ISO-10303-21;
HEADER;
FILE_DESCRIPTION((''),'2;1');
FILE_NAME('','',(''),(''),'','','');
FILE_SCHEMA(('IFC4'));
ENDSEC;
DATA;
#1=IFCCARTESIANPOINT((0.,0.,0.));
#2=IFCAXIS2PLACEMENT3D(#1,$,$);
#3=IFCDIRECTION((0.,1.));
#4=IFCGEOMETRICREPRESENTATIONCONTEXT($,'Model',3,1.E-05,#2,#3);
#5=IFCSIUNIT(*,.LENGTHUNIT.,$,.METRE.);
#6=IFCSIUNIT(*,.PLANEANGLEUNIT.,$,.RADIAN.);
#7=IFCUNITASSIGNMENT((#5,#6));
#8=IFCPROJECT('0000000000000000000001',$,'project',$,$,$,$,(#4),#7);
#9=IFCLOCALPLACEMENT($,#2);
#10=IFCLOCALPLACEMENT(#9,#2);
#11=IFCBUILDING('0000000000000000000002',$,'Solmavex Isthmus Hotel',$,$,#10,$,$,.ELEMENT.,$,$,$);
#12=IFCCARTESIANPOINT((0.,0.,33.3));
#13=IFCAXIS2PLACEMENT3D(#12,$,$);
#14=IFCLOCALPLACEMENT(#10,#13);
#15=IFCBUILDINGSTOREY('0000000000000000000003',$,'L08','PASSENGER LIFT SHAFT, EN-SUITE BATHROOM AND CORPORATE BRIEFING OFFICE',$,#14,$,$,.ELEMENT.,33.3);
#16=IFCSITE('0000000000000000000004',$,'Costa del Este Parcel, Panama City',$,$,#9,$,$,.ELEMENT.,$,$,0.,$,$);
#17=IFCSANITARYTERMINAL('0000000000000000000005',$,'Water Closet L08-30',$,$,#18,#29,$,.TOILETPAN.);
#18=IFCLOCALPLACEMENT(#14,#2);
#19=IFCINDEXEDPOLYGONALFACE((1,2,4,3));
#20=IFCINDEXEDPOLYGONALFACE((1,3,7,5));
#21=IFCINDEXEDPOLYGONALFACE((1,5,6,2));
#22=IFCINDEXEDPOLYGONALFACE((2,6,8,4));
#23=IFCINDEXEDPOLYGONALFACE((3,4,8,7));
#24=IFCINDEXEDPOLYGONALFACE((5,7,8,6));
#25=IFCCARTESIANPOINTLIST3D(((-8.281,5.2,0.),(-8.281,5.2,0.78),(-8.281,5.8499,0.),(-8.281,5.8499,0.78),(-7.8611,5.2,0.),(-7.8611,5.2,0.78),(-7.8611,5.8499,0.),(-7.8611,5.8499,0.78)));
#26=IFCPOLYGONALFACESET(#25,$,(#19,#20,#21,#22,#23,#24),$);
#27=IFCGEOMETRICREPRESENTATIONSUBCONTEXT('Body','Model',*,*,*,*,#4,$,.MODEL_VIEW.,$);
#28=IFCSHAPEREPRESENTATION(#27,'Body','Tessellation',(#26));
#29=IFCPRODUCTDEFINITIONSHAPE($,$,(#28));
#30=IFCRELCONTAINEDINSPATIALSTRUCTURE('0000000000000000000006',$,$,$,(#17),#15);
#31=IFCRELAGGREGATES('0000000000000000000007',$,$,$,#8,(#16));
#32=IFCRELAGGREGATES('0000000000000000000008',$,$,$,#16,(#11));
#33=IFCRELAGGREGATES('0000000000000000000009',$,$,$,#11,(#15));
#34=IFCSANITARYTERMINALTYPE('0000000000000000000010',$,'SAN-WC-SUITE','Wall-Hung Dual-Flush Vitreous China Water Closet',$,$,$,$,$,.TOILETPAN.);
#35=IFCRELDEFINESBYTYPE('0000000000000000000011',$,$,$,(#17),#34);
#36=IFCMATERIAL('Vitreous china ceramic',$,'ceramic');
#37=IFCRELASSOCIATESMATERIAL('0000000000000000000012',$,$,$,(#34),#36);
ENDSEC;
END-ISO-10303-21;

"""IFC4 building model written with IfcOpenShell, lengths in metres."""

from ifc_helpers import new_model, si_unit, direction, frame, origin, origin_2d, place, context, subcontext, project, spatial, rectangle, extrude, material, type_object, element, save


model = new_model("IFC4")

# Units and contexts
model_context = context("Model", 3, precision=1e-05, world=origin(), true_north=direction((0.0, 1.0)))
body_context = subcontext(model_context, "Body", "Model", "MODEL_VIEW")
ifc_project = project(units=[si_unit("LENGTHUNIT", "METRE"), si_unit("PLANEANGLEUNIT", "RADIAN")], contexts=[model_context])

# Site, building, storey
site_placement = place(None, origin())
site = spatial("IfcSite", under=ifc_project, at=site_placement, Name="Costa del Este Parcel, Panama City", CompositionType="ELEMENT", RefElevation=0.0)
building_placement = place(site_placement, origin())
building = spatial("IfcBuilding", under=site, at=building_placement, Name="Solmavex Isthmus Hotel", CompositionType="ELEMENT")
storey_placement = place(building_placement, frame((0.0, 0.0, 33.3)))
storey = spatial("IfcBuildingStorey", under=building, at=storey_placement, Name="L08", Description="PASSENGER LIFT SHAFT, EN-SUITE BATHROOM AND CORPORATE BRIEFING OFFICE", CompositionType="ELEMENT", Elevation=33.3)

# Sanitary terminal
ifc_material_1 = material(Name="Vitreous china ceramic", Category="ceramic")
sanitary_terminal_type_1 = type_object("IfcSanitaryTerminalType", Name="SAN-WC-SUITE", Description="Wall-Hung Dual-Flush Vitreous China Water Closet", PredefinedType="TOILETPAN", material=ifc_material_1)
sanitary_terminal_1_placement = place(storey_placement, frame((-8.071, 5.5249, 0.0), z_axis=(0.0, 0.0, 1.0), x_axis=(1.0, 0.0, 0.0)))
element("IfcSanitaryTerminal", 1, at=sanitary_terminal_1_placement, inside=storey, type_object=sanitary_terminal_type_1, Name="Water Closet L08-30", PredefinedType="TOILETPAN", context=body_context, shape_type="SweptSolid", body=[
    extrude(rectangle(XDim=0.4199, YDim=0.6499, at=origin_2d()), origin(), (0.0, 0.0, 1.0), 0.78),
])

save(model, "model.ifc")
